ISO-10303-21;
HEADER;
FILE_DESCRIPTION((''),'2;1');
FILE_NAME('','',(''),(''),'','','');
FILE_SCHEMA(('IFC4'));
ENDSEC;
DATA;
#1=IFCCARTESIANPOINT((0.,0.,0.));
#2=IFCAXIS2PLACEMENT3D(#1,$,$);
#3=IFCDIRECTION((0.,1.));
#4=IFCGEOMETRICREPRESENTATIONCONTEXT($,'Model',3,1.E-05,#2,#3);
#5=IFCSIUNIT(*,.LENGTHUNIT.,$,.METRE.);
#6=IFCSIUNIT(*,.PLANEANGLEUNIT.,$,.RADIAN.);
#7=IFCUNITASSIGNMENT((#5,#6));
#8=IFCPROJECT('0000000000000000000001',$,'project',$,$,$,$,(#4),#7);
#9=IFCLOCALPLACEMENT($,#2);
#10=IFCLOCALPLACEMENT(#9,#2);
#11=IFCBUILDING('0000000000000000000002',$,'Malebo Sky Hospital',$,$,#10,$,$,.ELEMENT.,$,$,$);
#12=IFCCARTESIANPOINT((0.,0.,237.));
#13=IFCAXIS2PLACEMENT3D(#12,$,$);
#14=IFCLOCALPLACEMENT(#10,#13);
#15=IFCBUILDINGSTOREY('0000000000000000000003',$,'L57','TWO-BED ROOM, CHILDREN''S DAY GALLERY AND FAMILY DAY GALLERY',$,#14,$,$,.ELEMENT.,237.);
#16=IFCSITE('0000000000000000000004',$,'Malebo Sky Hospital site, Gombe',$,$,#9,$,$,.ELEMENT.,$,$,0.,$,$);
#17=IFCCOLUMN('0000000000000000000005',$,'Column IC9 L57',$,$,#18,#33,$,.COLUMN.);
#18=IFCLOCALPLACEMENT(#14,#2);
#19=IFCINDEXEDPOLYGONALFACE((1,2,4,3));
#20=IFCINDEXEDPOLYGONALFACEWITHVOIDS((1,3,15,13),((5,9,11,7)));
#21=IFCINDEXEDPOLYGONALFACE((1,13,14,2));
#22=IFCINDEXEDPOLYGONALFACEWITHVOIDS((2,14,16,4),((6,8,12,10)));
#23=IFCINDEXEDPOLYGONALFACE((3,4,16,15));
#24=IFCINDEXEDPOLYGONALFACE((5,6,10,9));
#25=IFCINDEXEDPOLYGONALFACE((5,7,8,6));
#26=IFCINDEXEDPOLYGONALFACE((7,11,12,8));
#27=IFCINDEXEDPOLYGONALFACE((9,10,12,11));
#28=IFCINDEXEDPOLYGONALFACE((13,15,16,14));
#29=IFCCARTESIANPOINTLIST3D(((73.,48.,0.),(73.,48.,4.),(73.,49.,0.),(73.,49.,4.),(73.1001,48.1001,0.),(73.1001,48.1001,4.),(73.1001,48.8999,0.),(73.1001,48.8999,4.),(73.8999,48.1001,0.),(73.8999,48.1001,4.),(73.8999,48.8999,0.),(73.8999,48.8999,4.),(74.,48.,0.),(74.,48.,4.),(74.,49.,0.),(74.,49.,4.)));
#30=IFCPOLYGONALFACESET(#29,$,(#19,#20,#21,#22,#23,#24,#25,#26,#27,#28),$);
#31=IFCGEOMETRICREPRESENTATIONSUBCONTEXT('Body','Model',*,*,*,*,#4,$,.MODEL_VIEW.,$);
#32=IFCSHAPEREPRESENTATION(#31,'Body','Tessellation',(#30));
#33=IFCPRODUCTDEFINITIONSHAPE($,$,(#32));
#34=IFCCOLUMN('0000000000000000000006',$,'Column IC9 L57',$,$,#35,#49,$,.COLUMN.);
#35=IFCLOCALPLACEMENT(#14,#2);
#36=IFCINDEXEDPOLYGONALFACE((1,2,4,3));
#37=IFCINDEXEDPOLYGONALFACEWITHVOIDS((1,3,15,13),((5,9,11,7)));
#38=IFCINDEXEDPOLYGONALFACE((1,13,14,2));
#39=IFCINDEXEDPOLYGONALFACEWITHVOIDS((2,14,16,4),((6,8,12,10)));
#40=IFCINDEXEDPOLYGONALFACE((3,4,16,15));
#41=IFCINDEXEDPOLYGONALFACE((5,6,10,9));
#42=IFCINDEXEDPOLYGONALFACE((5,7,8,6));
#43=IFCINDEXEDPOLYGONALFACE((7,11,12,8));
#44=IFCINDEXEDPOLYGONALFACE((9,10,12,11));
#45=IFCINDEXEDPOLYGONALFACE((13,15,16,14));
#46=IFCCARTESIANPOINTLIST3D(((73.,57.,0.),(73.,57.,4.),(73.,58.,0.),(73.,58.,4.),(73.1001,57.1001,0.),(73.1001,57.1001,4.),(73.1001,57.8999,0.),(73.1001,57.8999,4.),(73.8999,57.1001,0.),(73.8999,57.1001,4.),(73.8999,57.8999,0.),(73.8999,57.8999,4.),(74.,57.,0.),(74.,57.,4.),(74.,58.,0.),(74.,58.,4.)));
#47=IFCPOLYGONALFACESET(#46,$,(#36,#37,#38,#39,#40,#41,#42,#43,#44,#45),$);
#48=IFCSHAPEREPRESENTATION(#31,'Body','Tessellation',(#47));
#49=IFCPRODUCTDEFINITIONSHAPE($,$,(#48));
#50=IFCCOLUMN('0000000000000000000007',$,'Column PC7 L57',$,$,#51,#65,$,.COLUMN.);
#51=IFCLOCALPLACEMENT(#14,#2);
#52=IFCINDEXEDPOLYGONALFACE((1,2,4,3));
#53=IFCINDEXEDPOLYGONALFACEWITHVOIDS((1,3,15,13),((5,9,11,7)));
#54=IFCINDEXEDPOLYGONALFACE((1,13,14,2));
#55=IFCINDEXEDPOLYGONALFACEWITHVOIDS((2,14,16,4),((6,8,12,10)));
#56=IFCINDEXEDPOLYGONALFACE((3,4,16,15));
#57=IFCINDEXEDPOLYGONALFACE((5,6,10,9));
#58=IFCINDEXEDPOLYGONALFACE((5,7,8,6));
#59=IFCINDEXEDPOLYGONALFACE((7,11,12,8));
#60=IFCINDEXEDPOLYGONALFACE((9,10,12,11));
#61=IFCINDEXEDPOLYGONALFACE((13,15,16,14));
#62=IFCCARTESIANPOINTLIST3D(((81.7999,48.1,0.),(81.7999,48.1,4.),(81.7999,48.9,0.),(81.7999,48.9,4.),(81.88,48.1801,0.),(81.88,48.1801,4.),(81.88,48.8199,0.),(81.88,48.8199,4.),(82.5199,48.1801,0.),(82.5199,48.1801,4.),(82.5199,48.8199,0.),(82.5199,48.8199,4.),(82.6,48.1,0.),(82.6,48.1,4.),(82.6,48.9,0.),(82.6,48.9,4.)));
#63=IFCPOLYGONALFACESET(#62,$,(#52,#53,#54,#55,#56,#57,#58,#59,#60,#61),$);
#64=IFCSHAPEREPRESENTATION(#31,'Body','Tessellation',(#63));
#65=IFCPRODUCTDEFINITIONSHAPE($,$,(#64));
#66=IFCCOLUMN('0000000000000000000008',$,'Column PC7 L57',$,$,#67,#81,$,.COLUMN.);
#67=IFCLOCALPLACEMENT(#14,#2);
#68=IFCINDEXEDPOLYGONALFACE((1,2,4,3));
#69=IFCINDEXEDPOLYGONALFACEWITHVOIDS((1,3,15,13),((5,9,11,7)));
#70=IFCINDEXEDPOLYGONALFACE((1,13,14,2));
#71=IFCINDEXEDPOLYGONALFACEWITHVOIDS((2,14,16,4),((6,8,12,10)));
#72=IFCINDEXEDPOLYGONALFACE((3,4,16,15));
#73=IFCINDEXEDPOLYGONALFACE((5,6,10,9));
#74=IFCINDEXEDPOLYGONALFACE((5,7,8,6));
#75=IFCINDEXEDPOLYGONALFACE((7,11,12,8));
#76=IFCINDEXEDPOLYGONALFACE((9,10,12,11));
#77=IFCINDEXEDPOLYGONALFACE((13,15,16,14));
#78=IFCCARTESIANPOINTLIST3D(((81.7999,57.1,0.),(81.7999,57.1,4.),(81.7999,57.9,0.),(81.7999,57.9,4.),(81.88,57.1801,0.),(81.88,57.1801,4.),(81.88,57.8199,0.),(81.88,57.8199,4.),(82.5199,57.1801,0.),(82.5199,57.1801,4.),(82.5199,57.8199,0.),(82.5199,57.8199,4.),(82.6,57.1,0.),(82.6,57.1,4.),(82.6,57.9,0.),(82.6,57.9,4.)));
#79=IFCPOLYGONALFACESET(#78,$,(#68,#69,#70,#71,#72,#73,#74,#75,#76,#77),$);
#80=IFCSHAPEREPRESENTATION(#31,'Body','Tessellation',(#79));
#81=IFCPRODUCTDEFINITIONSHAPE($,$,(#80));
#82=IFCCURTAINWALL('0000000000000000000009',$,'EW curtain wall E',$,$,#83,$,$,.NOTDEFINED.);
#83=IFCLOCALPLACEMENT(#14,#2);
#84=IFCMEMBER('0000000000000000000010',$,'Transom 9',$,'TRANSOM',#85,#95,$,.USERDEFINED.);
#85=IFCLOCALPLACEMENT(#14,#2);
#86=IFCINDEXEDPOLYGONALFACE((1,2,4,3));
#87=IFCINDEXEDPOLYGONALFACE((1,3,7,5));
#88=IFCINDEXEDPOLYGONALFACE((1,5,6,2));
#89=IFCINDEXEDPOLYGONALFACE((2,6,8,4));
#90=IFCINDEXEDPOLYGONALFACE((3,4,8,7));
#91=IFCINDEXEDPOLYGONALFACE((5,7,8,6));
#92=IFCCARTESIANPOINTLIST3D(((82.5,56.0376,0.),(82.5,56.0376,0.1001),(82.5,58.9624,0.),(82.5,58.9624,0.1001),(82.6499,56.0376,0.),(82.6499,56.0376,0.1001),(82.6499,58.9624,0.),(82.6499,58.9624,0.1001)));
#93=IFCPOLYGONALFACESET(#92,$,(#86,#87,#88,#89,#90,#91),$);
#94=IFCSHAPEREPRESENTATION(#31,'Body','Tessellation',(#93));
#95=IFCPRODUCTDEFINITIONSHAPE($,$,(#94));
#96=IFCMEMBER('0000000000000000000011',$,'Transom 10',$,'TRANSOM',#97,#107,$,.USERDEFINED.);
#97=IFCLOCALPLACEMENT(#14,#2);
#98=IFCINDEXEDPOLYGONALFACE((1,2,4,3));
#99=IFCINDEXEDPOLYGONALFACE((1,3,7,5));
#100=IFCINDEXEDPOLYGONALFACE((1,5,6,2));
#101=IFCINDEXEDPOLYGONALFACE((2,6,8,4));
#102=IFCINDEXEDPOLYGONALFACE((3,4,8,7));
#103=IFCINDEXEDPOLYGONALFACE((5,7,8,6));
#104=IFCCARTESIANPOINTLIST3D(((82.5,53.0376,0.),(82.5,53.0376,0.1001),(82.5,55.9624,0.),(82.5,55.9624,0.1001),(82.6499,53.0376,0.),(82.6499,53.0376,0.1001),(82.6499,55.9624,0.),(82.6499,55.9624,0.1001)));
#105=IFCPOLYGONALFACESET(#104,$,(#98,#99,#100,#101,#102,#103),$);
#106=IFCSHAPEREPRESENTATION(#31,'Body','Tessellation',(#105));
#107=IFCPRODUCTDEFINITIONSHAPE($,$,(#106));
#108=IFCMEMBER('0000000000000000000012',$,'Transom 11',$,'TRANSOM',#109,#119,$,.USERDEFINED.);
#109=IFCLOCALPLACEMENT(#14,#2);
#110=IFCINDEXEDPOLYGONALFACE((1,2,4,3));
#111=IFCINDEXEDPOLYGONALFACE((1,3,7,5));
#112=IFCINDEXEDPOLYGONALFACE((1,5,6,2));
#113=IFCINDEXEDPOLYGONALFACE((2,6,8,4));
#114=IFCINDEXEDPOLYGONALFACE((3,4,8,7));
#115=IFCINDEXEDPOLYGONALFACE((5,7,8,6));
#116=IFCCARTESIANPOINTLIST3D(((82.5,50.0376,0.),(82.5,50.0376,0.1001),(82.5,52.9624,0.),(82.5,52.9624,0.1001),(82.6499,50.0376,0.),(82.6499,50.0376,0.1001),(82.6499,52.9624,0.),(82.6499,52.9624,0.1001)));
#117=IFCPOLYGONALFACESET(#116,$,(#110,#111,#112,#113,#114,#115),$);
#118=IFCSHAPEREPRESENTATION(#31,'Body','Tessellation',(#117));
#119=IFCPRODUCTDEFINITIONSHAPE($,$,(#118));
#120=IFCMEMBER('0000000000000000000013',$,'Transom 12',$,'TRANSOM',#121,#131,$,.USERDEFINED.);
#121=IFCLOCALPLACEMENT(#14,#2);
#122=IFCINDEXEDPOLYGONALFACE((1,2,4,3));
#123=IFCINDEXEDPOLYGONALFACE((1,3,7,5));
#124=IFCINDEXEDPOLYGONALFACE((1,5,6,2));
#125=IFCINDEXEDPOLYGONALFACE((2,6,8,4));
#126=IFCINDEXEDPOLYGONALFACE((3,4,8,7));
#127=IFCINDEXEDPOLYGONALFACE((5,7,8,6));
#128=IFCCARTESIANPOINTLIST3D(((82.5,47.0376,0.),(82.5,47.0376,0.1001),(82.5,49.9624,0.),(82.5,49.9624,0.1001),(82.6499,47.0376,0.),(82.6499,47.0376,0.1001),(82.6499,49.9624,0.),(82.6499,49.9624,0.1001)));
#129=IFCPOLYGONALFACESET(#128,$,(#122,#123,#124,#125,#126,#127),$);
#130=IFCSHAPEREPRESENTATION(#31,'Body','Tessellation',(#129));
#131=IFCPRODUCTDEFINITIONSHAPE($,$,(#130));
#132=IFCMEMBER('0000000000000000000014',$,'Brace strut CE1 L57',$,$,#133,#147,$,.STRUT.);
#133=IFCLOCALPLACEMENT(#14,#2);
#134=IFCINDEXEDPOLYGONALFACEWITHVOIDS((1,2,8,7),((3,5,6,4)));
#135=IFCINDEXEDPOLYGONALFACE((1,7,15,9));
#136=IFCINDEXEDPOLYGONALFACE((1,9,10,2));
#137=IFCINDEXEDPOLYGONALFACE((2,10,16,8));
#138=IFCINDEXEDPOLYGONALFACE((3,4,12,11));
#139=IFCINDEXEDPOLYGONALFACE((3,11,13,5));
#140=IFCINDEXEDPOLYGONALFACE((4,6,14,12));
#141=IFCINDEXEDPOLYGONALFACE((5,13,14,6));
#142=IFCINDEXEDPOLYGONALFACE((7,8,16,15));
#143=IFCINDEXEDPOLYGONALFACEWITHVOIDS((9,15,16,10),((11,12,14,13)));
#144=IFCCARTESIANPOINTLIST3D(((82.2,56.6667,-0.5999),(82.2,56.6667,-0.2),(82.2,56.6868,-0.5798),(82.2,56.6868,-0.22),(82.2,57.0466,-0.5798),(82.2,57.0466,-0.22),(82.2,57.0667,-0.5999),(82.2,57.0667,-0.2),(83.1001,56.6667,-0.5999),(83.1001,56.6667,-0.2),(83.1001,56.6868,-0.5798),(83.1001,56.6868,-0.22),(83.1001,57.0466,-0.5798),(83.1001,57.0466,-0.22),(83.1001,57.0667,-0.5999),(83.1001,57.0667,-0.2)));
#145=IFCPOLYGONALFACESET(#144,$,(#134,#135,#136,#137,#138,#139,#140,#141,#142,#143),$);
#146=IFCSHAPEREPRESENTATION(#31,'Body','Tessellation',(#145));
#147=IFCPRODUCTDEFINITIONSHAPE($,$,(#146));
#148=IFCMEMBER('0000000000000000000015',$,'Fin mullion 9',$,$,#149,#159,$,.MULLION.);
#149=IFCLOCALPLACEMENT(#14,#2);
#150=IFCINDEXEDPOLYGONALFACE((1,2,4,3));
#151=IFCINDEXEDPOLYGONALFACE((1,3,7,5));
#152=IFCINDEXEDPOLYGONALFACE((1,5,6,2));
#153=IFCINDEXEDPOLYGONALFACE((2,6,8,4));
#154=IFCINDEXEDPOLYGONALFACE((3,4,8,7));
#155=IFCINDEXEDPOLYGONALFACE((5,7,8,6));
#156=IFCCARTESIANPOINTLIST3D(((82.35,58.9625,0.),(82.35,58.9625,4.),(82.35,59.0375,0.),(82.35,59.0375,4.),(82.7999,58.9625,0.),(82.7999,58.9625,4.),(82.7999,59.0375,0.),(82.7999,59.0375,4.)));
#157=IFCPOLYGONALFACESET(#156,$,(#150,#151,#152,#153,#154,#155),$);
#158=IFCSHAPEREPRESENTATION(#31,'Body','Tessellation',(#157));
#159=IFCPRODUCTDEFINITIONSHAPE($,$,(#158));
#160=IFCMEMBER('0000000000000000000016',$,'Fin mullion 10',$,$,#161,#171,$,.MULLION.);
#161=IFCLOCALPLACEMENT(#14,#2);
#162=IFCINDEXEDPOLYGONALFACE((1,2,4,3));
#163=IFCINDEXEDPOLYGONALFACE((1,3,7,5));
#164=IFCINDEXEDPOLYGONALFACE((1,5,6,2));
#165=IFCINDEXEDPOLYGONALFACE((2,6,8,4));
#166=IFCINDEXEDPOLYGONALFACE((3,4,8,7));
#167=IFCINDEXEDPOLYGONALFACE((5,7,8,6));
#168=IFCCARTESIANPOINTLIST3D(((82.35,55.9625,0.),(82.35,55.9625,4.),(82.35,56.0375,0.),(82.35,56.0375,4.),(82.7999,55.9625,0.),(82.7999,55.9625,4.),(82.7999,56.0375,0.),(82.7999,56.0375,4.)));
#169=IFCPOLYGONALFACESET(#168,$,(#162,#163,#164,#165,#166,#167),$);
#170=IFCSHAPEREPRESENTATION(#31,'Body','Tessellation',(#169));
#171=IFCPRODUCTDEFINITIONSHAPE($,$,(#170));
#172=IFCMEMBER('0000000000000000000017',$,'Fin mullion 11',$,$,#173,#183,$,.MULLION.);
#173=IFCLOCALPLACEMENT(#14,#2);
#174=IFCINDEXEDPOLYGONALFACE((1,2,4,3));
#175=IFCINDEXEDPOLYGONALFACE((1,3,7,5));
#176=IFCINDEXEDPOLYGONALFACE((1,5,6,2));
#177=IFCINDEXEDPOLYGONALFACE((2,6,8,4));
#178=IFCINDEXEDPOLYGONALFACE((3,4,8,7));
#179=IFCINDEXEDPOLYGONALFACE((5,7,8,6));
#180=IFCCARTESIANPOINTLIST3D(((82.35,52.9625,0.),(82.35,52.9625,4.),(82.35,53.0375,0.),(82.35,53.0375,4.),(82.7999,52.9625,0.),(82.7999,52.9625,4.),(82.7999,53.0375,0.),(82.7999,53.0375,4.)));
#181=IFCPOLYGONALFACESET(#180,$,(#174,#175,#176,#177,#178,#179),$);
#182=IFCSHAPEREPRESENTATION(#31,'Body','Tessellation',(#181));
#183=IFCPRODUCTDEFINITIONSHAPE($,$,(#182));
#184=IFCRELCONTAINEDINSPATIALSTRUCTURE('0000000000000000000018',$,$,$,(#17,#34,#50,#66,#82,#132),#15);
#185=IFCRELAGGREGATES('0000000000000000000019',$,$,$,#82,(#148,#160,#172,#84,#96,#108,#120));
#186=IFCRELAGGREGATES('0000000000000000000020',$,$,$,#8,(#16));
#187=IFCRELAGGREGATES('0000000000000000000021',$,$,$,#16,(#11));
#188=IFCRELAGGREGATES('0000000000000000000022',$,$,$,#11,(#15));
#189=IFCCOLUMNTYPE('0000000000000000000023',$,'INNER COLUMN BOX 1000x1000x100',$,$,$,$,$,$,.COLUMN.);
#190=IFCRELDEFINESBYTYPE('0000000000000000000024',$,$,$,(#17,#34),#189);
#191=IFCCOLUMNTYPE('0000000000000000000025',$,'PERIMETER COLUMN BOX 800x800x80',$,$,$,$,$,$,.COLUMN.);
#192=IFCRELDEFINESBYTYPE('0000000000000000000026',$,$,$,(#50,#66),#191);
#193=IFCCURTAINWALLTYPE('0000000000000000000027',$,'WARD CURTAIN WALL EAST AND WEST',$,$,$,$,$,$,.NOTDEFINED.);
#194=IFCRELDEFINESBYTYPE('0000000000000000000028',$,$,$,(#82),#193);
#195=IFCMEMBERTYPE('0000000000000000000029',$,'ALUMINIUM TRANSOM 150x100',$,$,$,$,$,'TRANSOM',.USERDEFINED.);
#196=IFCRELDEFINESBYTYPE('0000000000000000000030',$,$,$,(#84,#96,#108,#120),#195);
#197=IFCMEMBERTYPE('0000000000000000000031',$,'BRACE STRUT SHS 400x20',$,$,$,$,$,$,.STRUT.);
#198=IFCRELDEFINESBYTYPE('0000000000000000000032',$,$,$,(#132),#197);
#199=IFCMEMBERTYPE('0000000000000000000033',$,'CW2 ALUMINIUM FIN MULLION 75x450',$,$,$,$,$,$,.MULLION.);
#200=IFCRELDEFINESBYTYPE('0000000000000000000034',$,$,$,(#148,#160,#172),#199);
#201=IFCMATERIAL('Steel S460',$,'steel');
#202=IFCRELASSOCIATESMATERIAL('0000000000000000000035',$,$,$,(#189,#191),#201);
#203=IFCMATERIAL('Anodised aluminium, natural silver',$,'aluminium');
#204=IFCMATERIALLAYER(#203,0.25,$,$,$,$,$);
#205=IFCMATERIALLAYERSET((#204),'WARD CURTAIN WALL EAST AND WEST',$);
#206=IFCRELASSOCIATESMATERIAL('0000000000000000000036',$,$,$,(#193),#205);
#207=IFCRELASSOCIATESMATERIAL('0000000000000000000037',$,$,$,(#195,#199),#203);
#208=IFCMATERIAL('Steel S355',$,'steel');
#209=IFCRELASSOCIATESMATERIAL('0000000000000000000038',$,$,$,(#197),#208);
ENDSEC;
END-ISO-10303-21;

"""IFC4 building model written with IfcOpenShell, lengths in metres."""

from ifc_helpers import new_model, si_unit, direction, frame, origin, origin_2d, place, context, subcontext, project, spatial, rectangle, hollow_rectangle, extrude, material, layer, layer_set, material_profile, profile_set, type_object, element, aggregate, save


model = new_model("IFC4")

# Units and contexts
model_context = context("Model", 3, precision=1e-05, world=origin(), true_north=direction((0.0, 1.0)))
body_context = subcontext(model_context, "Body", "Model", "MODEL_VIEW")
ifc_project = project(units=[si_unit("LENGTHUNIT", "METRE"), si_unit("PLANEANGLEUNIT", "RADIAN")], contexts=[model_context])

# Site, building, storey
site_placement = place(None, origin())
site = spatial("IfcSite", under=ifc_project, at=site_placement, Name="Malebo Sky Hospital site, Gombe", CompositionType="ELEMENT", RefElevation=0.0)
building_placement = place(site_placement, origin())
building = spatial("IfcBuilding", under=site, at=building_placement, Name="Malebo Sky Hospital", CompositionType="ELEMENT")
storey_placement = place(building_placement, frame((0.0, 0.0, 237.0)))
storey = spatial("IfcBuildingStorey", under=building, at=storey_placement, Name="L57", Description="TWO-BED ROOM, CHILDREN'S DAY GALLERY AND FAMILY DAY GALLERY", CompositionType="ELEMENT", Elevation=237.0)

# Columns
ifc_material_1 = material(Name="Steel S460", Category="steel")
ifc_material_profile_1 = material_profile(ifc_material_1, hollow_rectangle(XDim=1.0, YDim=1.0, WallThickness=0.1001, at=origin_2d()), Name="BOX 1000x1000x100")
ifc_profile_set_1 = profile_set([ifc_material_profile_1], Name="Steel S460")
column_type_1 = type_object("IfcColumnType", Name="INNER COLUMN BOX 1000x1000x100", PredefinedType="COLUMN", material=ifc_profile_set_1)
for number, where, z_axis, x_axis, name in (
    (1, (73.5, 48.5, 0.0), (0.0, 0.0, 1.0), (1.0, 0.0, 0.0), "Column IC9 L57"),
    (2, (73.5, 57.5, 0.0), (0.0, 0.0, 1.0), (1.0, 0.0, 0.0), "Column IC9 L57"),
):
    element("IfcColumn", number, at=place(storey_placement, frame(where, z_axis=z_axis, x_axis=x_axis)), inside=storey, type_object=column_type_1, Name=name, PredefinedType="COLUMN", context=body_context, shape_type="SweptSolid", body=[
        extrude(hollow_rectangle(XDim=1.0, YDim=1.0, WallThickness=0.1001, at=origin_2d()), origin(), (0.0, 0.0, 1.0), 4.0),
    ])
ifc_material_profile_2 = material_profile(ifc_material_1, hollow_rectangle(XDim=0.8, YDim=0.8, WallThickness=0.0801, at=origin_2d()), Name="BOX 800x800x80")
ifc_profile_set_2 = profile_set([ifc_material_profile_2], Name="Steel S460")
column_type_2 = type_object("IfcColumnType", Name="PERIMETER COLUMN BOX 800x800x80", PredefinedType="COLUMN", material=ifc_profile_set_2)
for number, where, z_axis, x_axis, name in (
    (3, (82.2, 48.5, 0.0), (0.0, 0.0, 1.0), (1.0, 0.0, 0.0), "Column PC7 L57"),
    (4, (82.2, 57.5, 0.0), (0.0, 0.0, 1.0), (1.0, 0.0, 0.0), "Column PC7 L57"),
):
    element("IfcColumn", number, at=place(storey_placement, frame(where, z_axis=z_axis, x_axis=x_axis)), inside=storey, type_object=column_type_2, Name=name, PredefinedType="COLUMN", context=body_context, shape_type="SweptSolid", body=[
        extrude(hollow_rectangle(XDim=0.8, YDim=0.8, WallThickness=0.0801, at=origin_2d()), origin(), (0.0, 0.0, 1.0), 4.0),
    ])

# Curtain wall, members
ifc_material_2 = material(Name="Anodised aluminium, natural silver", Category="aluminium")
ifc_layer_1 = layer(ifc_material_2, 0.25)
ifc_layer_set_1 = layer_set([ifc_layer_1], Name="WARD CURTAIN WALL EAST AND WEST")
curtain_wall_type = type_object("IfcCurtainWallType", Name="WARD CURTAIN WALL EAST AND WEST", PredefinedType="NOTDEFINED", material=ifc_layer_set_1)
curtain_wall_placement = place(storey_placement, origin())
curtain_wall = element("IfcCurtainWall", 5, at=curtain_wall_placement, inside=storey, type_object=curtain_wall_type, Name="EW curtain wall E", PredefinedType="NOTDEFINED")
ifc_material_profile_3 = material_profile(ifc_material_2, rectangle(XDim=0.1499, YDim=0.1001, at=origin_2d()), Name="ALUMINIUM TRANSOM 150x100")
ifc_profile_set_3 = profile_set([ifc_material_profile_3], Name="Anodised aluminium, natural silver")
member_type_1 = type_object("IfcMemberType", Name="ALUMINIUM TRANSOM 150x100", ElementType="TRANSOM", PredefinedType="USERDEFINED", material=ifc_profile_set_3)
member_1_placement = place(storey_placement, frame((82.575, 58.9624, 0.05), z_axis=(0.0, -1.0, 0.0), x_axis=(1.0, 0.0, 0.0)))
member_1 = element("IfcMember", 6, at=member_1_placement, type_object=member_type_1, Name="Transom 9", ObjectType="TRANSOM", PredefinedType="USERDEFINED", context=body_context, shape_type="SweptSolid", body=[
    extrude(rectangle(XDim=0.1499, YDim=0.1001, at=origin_2d()), origin(), (0.0, 0.0, 1.0), 2.9248),
])
member_2_placement = place(storey_placement, frame((82.575, 55.9624, 0.05), z_axis=(0.0, -1.0, 0.0), x_axis=(1.0, 0.0, 0.0)))
member_2 = element("IfcMember", 7, at=member_2_placement, type_object=member_type_1, Name="Transom 10", ObjectType="TRANSOM", PredefinedType="USERDEFINED", context=body_context, shape_type="SweptSolid", body=[
    extrude(rectangle(XDim=0.1499, YDim=0.1001, at=origin_2d()), origin(), (0.0, 0.0, 1.0), 2.9248),
])
member_3_placement = place(storey_placement, frame((82.575, 52.9624, 0.05), z_axis=(0.0, -1.0, 0.0), x_axis=(1.0, 0.0, 0.0)))
member_3 = element("IfcMember", 8, at=member_3_placement, type_object=member_type_1, Name="Transom 11", ObjectType="TRANSOM", PredefinedType="USERDEFINED", context=body_context, shape_type="SweptSolid", body=[
    extrude(rectangle(XDim=0.1499, YDim=0.1001, at=origin_2d()), origin(), (0.0, 0.0, 1.0), 2.9248),
])
member_4_placement = place(storey_placement, frame((82.575, 49.9624, 0.05), z_axis=(0.0, -1.0, 0.0), x_axis=(1.0, 0.0, 0.0)))
member_4 = element("IfcMember", 9, at=member_4_placement, type_object=member_type_1, Name="Transom 12", ObjectType="TRANSOM", PredefinedType="USERDEFINED", context=body_context, shape_type="SweptSolid", body=[
    extrude(rectangle(XDim=0.1499, YDim=0.1001, at=origin_2d()), origin(), (0.0, 0.0, 1.0), 2.9248),
])

# Members
ifc_material_3 = material(Name="Steel S355", Category="steel")
ifc_material_profile_4 = material_profile(ifc_material_3, hollow_rectangle(XDim=0.3999, YDim=0.3999, WallThickness=0.02, at=origin_2d()), Name="SHS 400x20")
ifc_profile_set_4 = profile_set([ifc_material_profile_4], Name="Steel S355")
member_type_2 = type_object("IfcMemberType", Name="BRACE STRUT SHS 400x20", PredefinedType="STRUT", material=ifc_profile_set_4)
member_5_placement = place(storey_placement, frame((83.1001, 56.8667, -0.3999), z_axis=(-1.0, 0.0, 0.0), x_axis=(0.0, -1.0, 0.0)))
element("IfcMember", 10, at=member_5_placement, inside=storey, type_object=member_type_2, Name="Brace strut CE1 L57", PredefinedType="STRUT", context=body_context, shape_type="SweptSolid", body=[
    extrude(hollow_rectangle(XDim=0.3999, YDim=0.3999, WallThickness=0.02, at=origin_2d()), origin(), (0.0, 0.0, 1.0), 0.9001),
])
ifc_material_profile_5 = material_profile(ifc_material_2, rectangle(XDim=0.075, YDim=0.45, at=origin_2d()), Name="CW2 ALUMINIUM FIN MULLION 75x450")
ifc_profile_set_5 = profile_set([ifc_material_profile_5], Name="Anodised aluminium, natural silver")
member_type_3 = type_object("IfcMemberType", Name="CW2 ALUMINIUM FIN MULLION 75x450", PredefinedType="MULLION", material=ifc_profile_set_5)
member_6_placement = place(storey_placement, frame((82.575, 59.0, 0.0), z_axis=(0.0, 0.0, 1.0), x_axis=(0.0, -1.0, 0.0)))
member_6 = element("IfcMember", 11, at=member_6_placement, type_object=member_type_3, Name="Fin mullion 9", PredefinedType="MULLION", context=body_context, shape_type="SweptSolid", body=[
    extrude(rectangle(XDim=0.075, YDim=0.45, at=origin_2d()), origin(), (0.0, 0.0, 1.0), 4.0),
])
member_7_placement = place(storey_placement, frame((82.575, 56.0, 0.0), z_axis=(0.0, 0.0, 1.0), x_axis=(0.0, -1.0, 0.0)))
member_7 = element("IfcMember", 12, at=member_7_placement, type_object=member_type_3, Name="Fin mullion 10", PredefinedType="MULLION", context=body_context, shape_type="SweptSolid", body=[
    extrude(rectangle(XDim=0.075, YDim=0.45, at=origin_2d()), origin(), (0.0, 0.0, 1.0), 4.0),
])
member_8_placement = place(storey_placement, frame((82.575, 53.0, 0.0), z_axis=(0.0, 0.0, 1.0), x_axis=(0.0, -1.0, 0.0)))
member_8 = element("IfcMember", 13, at=member_8_placement, type_object=member_type_3, Name="Fin mullion 11", PredefinedType="MULLION", context=body_context, shape_type="SweptSolid", body=[
    extrude(rectangle(XDim=0.075, YDim=0.45, at=origin_2d()), origin(), (0.0, 0.0, 1.0), 4.0),
])

aggregate(curtain_wall, [member_6, member_7, member_8, member_1, member_2, member_3, member_4])

save(model, "model.ifc")
